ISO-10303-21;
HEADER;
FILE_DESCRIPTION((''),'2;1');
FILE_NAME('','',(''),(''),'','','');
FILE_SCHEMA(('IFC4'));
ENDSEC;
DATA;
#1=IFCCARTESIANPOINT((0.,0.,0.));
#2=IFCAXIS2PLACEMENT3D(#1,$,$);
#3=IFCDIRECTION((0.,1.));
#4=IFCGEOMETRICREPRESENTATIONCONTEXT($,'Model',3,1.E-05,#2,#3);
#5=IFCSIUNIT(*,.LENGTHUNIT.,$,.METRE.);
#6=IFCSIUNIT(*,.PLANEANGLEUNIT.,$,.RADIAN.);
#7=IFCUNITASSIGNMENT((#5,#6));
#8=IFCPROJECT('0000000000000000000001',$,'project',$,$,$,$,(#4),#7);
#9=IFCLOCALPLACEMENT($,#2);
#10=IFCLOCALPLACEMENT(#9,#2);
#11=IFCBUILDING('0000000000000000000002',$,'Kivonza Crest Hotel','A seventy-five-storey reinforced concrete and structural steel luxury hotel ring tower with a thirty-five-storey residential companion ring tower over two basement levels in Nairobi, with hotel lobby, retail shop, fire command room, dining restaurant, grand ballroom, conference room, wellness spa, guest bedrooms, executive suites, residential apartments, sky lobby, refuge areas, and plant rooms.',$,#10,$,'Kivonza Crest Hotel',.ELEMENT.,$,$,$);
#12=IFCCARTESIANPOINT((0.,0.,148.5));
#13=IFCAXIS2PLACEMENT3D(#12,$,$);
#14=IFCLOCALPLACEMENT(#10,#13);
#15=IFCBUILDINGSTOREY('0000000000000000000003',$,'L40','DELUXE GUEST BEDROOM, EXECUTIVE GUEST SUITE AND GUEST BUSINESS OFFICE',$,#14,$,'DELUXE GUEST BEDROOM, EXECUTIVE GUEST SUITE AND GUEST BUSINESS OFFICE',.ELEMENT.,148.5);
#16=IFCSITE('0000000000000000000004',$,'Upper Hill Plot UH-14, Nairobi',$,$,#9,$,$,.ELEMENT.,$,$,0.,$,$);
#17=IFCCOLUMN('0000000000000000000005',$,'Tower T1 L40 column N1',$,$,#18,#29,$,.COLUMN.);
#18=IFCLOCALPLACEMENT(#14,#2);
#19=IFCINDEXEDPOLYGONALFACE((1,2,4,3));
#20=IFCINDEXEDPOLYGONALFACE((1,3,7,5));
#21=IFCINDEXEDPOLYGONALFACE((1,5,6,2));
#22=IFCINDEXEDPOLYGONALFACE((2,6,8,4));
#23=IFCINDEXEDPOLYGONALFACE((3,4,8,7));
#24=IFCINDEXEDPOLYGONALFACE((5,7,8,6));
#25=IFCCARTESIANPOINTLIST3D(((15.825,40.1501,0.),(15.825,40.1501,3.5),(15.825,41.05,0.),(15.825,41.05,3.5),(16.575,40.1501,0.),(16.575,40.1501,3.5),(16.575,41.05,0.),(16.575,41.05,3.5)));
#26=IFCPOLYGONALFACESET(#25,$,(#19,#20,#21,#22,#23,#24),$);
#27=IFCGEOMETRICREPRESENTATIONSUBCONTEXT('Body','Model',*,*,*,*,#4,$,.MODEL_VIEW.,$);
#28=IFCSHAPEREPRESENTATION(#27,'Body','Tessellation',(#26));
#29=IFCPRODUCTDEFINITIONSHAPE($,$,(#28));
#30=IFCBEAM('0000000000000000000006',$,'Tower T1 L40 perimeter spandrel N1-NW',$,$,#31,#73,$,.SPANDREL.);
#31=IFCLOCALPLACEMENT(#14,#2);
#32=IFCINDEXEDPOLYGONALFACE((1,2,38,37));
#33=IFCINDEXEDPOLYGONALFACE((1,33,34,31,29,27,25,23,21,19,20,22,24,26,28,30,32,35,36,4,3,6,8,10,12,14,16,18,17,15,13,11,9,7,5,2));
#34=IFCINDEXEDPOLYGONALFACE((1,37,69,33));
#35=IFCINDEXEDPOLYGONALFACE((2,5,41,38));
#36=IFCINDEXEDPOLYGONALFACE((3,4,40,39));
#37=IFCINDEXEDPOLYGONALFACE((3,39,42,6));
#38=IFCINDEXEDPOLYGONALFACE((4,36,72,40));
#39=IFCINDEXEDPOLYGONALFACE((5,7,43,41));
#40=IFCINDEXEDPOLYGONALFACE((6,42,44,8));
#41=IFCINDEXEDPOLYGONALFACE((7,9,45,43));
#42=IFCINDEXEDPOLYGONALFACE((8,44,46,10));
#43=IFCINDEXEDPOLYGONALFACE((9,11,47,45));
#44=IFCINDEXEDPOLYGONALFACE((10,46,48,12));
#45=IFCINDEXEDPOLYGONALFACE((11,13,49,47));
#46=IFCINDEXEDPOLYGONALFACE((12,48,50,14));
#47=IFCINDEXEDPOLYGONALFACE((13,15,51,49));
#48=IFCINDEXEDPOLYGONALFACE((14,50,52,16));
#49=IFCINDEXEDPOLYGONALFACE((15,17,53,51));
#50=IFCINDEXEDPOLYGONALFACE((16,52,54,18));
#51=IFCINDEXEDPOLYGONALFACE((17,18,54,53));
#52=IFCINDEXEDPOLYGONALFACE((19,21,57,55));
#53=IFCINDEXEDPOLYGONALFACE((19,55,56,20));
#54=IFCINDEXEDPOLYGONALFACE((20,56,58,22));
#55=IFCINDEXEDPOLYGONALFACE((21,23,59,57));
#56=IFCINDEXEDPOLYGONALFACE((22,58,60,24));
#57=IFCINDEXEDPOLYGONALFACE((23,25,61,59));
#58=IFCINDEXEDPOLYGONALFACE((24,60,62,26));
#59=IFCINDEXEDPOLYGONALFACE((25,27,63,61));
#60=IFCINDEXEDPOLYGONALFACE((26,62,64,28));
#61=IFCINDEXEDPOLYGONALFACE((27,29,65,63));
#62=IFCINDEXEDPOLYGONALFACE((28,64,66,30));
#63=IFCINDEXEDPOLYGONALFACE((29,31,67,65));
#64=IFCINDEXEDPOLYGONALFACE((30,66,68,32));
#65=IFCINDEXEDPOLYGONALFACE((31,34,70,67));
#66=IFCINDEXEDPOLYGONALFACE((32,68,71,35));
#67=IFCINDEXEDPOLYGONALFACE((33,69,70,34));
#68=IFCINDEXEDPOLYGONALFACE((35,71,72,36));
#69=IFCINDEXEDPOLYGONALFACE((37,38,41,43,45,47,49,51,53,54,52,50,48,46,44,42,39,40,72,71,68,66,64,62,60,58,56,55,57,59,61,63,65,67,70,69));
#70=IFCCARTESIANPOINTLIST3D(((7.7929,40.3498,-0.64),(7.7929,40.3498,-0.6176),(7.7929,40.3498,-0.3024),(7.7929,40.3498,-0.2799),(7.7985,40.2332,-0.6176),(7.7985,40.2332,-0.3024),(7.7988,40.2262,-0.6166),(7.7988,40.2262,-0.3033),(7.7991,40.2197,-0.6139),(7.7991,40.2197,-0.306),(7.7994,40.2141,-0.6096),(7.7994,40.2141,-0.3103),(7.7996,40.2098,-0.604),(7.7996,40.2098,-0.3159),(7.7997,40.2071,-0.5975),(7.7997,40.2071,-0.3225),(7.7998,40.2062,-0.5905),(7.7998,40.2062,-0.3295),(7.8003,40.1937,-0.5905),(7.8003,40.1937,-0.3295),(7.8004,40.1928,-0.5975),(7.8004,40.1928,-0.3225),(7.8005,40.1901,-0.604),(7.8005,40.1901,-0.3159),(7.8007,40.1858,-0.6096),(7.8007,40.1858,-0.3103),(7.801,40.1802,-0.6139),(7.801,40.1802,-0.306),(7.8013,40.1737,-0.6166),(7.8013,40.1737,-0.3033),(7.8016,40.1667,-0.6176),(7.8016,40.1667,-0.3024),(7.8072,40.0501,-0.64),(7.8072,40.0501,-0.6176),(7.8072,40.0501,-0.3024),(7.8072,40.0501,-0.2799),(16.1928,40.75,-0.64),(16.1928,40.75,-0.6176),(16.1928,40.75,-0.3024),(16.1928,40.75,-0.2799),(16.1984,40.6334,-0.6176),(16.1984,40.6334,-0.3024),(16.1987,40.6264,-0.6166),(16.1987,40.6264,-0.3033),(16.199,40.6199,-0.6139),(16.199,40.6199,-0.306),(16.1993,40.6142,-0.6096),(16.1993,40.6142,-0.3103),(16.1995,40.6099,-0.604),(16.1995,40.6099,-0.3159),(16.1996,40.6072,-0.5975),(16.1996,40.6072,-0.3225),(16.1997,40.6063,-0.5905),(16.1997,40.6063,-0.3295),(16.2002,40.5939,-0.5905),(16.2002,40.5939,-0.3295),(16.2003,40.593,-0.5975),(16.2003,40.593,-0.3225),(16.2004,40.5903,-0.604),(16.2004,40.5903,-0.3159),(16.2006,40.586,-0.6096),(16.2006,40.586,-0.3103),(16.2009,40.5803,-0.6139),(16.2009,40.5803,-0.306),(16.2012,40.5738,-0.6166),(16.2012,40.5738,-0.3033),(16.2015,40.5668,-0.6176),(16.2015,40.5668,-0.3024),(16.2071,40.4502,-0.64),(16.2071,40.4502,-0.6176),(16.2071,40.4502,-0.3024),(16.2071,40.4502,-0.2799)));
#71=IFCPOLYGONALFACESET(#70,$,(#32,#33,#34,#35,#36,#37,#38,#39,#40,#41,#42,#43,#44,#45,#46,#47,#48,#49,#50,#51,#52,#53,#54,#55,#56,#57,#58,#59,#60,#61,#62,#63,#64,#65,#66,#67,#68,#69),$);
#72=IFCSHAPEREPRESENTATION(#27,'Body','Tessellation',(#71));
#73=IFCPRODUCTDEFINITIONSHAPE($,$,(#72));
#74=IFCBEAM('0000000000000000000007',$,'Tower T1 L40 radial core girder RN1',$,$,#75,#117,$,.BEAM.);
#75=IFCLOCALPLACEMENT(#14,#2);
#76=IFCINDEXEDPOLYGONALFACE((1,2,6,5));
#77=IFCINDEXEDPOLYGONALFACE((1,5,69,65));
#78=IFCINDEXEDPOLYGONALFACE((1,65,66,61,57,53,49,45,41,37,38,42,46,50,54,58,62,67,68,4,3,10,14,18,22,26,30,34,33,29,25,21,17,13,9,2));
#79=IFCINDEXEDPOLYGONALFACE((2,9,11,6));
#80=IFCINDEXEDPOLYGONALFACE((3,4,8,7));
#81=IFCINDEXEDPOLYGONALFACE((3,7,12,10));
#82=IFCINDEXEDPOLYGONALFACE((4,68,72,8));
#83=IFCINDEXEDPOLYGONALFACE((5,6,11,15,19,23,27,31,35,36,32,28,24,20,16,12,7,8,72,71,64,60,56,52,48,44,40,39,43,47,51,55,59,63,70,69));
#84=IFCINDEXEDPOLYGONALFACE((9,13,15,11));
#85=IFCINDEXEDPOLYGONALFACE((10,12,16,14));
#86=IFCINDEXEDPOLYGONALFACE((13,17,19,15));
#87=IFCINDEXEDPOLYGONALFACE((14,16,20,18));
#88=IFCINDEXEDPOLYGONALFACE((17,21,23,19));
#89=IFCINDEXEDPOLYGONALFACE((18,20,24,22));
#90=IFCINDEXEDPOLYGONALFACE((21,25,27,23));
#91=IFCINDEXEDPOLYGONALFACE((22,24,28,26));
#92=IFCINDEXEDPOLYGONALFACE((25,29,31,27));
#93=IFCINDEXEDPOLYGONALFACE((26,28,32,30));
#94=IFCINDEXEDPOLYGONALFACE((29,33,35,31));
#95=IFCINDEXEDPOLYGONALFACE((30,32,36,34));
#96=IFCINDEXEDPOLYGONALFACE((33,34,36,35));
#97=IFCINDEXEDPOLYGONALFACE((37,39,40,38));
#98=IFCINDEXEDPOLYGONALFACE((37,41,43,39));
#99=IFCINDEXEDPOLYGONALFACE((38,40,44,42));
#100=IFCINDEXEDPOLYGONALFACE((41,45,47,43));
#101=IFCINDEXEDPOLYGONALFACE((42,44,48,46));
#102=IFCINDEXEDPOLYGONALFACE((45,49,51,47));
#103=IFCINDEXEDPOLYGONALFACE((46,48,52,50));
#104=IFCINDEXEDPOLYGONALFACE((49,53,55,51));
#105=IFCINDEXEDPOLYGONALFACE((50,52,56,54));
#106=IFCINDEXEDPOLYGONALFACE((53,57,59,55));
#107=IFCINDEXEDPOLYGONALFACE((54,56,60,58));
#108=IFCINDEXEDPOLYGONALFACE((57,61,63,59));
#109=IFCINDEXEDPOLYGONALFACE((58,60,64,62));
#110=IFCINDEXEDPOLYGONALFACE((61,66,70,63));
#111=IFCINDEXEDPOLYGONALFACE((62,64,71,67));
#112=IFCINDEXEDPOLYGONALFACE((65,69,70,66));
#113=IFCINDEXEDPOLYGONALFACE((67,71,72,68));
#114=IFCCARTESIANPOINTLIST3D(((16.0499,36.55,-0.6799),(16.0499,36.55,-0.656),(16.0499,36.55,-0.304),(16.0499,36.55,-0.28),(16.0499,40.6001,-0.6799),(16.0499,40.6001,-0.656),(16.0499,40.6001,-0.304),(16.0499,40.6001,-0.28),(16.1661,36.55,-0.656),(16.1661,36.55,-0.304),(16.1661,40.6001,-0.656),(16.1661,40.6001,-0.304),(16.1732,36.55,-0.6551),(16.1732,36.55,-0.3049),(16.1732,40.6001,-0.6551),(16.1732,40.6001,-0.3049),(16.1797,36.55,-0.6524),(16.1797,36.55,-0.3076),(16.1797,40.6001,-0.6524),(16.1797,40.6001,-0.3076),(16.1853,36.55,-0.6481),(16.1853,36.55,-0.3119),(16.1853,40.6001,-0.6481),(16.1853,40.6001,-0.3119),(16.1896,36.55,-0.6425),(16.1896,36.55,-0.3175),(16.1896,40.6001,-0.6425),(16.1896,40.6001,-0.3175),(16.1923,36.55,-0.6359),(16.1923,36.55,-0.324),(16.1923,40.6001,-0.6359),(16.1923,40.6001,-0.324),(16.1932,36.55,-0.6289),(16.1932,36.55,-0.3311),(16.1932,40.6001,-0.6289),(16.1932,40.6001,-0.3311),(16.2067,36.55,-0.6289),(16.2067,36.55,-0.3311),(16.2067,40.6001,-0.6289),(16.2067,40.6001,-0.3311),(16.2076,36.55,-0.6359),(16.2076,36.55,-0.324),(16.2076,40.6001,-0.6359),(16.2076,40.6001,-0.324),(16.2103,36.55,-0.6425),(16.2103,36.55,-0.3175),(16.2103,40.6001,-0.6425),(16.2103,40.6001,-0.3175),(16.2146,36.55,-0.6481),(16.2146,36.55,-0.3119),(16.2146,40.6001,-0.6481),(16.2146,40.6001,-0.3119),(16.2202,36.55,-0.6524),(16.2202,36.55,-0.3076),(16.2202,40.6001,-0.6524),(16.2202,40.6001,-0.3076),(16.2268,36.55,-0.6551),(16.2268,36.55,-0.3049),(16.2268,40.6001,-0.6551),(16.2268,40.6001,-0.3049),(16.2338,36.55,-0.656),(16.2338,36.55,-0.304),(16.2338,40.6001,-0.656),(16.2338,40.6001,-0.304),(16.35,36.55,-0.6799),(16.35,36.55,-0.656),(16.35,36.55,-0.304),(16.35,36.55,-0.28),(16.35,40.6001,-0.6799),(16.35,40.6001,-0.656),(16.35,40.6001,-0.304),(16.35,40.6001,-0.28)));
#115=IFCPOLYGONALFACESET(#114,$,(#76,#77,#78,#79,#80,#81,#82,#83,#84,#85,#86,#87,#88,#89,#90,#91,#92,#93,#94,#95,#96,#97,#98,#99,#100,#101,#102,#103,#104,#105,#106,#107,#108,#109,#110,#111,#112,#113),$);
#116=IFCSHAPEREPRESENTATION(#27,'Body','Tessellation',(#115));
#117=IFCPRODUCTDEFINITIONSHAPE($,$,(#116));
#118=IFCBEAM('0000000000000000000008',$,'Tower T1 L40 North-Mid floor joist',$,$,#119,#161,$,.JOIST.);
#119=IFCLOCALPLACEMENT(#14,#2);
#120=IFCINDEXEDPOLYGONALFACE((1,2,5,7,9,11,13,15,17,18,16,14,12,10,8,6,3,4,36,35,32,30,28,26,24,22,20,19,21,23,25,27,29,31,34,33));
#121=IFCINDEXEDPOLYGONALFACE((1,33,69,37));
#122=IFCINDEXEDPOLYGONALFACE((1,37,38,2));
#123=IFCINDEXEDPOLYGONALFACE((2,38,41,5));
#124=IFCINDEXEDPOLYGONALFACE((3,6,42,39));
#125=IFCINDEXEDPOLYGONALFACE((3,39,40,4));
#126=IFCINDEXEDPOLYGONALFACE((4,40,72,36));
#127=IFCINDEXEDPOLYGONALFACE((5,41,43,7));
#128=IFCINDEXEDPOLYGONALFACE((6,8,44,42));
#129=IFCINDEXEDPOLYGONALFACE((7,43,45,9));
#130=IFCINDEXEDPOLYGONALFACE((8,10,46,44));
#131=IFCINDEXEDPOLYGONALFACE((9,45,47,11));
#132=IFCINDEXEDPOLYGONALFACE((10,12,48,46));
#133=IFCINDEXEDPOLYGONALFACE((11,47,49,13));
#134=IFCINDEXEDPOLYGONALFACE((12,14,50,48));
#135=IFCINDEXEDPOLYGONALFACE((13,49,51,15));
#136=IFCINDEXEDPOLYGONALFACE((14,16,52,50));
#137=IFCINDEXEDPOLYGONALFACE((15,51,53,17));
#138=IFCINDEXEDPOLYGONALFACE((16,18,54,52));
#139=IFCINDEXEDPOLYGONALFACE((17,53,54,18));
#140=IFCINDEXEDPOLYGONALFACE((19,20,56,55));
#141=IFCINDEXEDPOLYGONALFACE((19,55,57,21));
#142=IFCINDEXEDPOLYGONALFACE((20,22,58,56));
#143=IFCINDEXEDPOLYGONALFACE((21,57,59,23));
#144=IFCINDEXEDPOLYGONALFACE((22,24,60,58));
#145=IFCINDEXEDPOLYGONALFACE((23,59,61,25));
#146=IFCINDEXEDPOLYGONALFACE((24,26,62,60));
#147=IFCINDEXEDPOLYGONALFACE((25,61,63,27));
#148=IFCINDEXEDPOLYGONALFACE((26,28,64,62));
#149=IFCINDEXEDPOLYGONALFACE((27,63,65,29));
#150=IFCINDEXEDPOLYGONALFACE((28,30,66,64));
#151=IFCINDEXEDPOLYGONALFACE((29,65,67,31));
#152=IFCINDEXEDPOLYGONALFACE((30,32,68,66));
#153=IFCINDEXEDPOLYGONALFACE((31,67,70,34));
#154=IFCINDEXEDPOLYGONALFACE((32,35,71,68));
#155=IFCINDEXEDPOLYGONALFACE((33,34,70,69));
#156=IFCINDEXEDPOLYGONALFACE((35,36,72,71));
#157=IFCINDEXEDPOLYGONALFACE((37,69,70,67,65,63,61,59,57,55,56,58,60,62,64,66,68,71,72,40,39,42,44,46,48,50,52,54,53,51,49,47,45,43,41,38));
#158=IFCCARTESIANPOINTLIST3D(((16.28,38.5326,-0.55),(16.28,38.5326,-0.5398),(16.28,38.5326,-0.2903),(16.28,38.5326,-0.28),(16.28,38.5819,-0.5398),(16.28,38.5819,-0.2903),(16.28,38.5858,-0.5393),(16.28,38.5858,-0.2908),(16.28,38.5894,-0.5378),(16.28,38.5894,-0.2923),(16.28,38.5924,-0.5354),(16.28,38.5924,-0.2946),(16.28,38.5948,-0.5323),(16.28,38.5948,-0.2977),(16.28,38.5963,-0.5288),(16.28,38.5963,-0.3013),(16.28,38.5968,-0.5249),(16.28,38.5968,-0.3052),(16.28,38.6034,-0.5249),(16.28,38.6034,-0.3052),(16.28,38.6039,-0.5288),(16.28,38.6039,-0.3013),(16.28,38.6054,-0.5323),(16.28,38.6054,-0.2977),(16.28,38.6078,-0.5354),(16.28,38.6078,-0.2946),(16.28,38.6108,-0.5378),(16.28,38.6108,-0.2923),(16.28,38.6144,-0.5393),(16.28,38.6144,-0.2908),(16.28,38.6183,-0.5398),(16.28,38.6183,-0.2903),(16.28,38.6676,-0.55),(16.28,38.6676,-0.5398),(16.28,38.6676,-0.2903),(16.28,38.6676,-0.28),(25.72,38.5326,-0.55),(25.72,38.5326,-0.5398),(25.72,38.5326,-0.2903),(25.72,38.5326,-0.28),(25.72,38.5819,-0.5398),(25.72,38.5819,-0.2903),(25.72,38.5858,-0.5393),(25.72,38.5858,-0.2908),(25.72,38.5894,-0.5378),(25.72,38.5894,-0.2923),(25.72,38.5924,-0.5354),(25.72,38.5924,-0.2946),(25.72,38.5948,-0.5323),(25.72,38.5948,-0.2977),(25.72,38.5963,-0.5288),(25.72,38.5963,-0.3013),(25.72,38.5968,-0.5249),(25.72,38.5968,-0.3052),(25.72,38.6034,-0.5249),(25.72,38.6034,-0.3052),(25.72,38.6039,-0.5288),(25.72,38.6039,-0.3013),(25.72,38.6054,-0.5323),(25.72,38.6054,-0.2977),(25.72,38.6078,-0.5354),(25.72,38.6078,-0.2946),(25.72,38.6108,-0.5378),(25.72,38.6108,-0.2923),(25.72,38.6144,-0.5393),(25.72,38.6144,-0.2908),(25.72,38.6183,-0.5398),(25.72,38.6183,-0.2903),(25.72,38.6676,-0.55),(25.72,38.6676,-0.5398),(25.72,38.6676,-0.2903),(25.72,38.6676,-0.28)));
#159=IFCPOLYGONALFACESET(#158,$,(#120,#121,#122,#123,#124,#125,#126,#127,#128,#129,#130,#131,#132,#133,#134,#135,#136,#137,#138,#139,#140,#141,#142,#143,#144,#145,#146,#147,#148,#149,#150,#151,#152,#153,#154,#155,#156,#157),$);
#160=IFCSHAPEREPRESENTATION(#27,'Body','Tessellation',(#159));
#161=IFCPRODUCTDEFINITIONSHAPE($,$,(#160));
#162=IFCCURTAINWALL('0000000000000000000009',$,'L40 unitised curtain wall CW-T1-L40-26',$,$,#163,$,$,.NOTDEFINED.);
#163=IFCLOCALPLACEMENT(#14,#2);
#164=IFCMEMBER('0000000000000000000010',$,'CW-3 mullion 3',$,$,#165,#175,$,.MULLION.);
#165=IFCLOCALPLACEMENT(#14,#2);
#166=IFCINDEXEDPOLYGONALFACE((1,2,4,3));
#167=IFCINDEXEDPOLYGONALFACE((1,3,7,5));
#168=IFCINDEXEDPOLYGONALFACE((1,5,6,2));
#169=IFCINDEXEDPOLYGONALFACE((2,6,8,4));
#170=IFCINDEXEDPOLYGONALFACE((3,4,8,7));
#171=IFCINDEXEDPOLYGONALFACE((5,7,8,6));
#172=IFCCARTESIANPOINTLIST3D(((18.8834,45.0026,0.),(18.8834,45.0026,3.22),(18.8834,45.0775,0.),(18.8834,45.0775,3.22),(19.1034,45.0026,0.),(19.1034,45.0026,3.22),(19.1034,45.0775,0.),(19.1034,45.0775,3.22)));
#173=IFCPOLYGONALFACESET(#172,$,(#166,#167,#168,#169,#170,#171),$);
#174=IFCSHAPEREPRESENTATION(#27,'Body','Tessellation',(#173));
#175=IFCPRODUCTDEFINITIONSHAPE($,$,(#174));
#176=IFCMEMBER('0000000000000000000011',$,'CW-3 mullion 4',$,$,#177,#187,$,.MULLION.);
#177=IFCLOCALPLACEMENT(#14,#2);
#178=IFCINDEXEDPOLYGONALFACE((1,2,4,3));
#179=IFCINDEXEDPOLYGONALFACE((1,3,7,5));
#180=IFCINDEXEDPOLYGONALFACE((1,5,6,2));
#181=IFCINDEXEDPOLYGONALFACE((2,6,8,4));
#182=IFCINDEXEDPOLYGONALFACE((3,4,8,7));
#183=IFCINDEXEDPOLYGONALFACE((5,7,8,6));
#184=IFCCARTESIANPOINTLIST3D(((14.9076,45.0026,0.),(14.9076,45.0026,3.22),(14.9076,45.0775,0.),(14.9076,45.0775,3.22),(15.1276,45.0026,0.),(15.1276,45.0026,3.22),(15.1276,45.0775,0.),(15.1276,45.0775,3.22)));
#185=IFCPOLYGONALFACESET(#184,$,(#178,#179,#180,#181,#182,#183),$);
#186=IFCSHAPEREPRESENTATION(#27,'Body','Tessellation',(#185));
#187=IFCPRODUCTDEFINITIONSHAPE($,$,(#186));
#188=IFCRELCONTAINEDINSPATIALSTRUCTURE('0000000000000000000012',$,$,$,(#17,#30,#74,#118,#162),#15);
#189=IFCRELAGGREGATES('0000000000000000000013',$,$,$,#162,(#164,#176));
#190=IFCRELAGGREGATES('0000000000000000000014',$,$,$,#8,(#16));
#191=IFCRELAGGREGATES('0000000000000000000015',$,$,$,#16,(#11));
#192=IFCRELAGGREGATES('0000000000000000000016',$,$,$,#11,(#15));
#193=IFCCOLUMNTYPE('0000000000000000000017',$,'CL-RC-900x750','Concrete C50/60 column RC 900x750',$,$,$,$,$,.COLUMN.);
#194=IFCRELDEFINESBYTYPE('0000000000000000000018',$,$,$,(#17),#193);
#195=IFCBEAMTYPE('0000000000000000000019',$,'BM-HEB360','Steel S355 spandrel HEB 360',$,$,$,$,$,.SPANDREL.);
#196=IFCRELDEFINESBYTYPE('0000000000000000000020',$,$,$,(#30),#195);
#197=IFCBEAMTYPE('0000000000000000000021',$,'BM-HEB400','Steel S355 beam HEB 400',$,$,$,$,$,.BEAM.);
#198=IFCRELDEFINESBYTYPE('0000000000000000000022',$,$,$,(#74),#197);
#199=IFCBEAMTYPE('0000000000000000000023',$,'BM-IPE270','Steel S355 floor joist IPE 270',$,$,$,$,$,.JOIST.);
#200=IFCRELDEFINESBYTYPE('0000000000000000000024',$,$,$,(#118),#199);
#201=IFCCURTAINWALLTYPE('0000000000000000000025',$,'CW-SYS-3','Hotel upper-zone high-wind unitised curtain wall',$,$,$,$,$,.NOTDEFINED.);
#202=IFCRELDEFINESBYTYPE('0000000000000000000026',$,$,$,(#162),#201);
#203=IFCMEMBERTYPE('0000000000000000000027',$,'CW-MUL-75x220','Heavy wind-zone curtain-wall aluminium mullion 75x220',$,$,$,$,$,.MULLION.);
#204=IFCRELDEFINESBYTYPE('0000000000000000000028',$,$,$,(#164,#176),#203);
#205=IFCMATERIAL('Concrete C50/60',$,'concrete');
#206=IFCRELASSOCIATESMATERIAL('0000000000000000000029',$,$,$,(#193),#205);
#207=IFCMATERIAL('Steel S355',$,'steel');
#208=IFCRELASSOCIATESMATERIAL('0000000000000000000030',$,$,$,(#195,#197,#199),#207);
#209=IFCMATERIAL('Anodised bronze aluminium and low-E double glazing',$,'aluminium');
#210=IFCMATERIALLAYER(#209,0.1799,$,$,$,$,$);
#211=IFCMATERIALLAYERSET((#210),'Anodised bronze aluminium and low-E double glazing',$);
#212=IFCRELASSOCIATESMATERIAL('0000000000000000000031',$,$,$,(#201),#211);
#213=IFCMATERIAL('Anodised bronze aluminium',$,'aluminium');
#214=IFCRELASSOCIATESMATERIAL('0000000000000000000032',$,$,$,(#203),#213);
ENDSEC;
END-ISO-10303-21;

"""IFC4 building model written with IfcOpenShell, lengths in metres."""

from ifc_helpers import new_model, si_unit, direction, frame, origin, origin_2d, place, context, subcontext, project, spatial, rectangle, i_section, extrude, material, layer, layer_set, material_profile, profile_set, type_object, element, aggregate, save


model = new_model("IFC4")

# Units and contexts
model_context = context("Model", 3, precision=1e-05, world=origin(), true_north=direction((0.0, 1.0)))
body_context = subcontext(model_context, "Body", "Model", "MODEL_VIEW")
ifc_project = project(units=[si_unit("LENGTHUNIT", "METRE"), si_unit("PLANEANGLEUNIT", "RADIAN")], contexts=[model_context])

# Site, building, storey
site_placement = place(None, origin())
site = spatial("IfcSite", under=ifc_project, at=site_placement, Name="Upper Hill Plot UH-14, Nairobi", CompositionType="ELEMENT", RefElevation=0.0)
building_placement = place(site_placement, origin())
building = spatial("IfcBuilding", under=site, at=building_placement, Name="Kivonza Crest Hotel", Description="A seventy-five-storey reinforced concrete and structural steel luxury hotel ring tower with a thirty-five-storey residential companion ring tower over two basement levels in Nairobi, with hotel lobby, retail shop, fire command room, dining restaurant, grand ballroom, conference room, wellness spa, guest bedrooms, executive suites, residential apartments, sky lobby, refuge areas, and plant rooms.", LongName="Kivonza Crest Hotel", CompositionType="ELEMENT")
storey_placement = place(building_placement, frame((0.0, 0.0, 148.5)))
storey = spatial("IfcBuildingStorey", under=building, at=storey_placement, Name="L40", Description="DELUXE GUEST BEDROOM, EXECUTIVE GUEST SUITE AND GUEST BUSINESS OFFICE", LongName="DELUXE GUEST BEDROOM, EXECUTIVE GUEST SUITE AND GUEST BUSINESS OFFICE", CompositionType="ELEMENT", Elevation=148.5)

# Column
ifc_material_1 = material(Name="Concrete C50/60", Category="concrete")
ifc_material_profile_1 = material_profile(ifc_material_1, rectangle(XDim=0.75, YDim=0.8999, at=origin_2d()), Name="RC 900x750")
ifc_profile_set_1 = profile_set([ifc_material_profile_1], Name="Concrete C50/60")
column_type = type_object("IfcColumnType", Name="CL-RC-900x750", Description="Concrete C50/60 column RC 900x750", PredefinedType="COLUMN", material=ifc_profile_set_1)
column_placement = place(storey_placement, frame((16.2, 40.6001, 0.0), z_axis=(0.0, 0.0, 1.0), x_axis=(1.0, 0.0, 0.0)))
element("IfcColumn", 1, at=column_placement, inside=storey, type_object=column_type, Name="Tower T1 L40 column N1", PredefinedType="COLUMN", context=body_context, shape_type="SweptSolid", body=[
    extrude(rectangle(XDim=0.75, YDim=0.8999, at=origin_2d()), origin(), (0.0, 0.0, 1.0), 3.5),
])

# Beams
ifc_material_2 = material(Name="Steel S355", Category="steel")
ifc_material_profile_2 = material_profile(ifc_material_2, i_section(OverallWidth=0.3, OverallDepth=0.3601, WebThickness=0.0125, FlangeThickness=0.0225, FilletRadius=0.0271, at=origin_2d()), Name="HEB 360")
ifc_profile_set_2 = profile_set([ifc_material_profile_2], Name="Steel S355")
beam_type_1 = type_object("IfcBeamType", Name="BM-HEB360", Description="Steel S355 spandrel HEB 360", PredefinedType="SPANDREL", material=ifc_profile_set_2)
beam_1_placement = place(storey_placement, frame((16.2, 40.6001, -0.46), z_axis=(-0.998867, -0.047583, 0.0), x_axis=(0.047583, -0.998867, 0.0)))
element("IfcBeam", 2, at=beam_1_placement, inside=storey, type_object=beam_type_1, Name="Tower T1 L40 perimeter spandrel N1-NW", PredefinedType="SPANDREL", context=body_context, shape_type="SweptSolid", body=[
    extrude(i_section(OverallWidth=0.3, OverallDepth=0.3601, WebThickness=0.0125, FlangeThickness=0.0225, FilletRadius=0.0271, at=origin_2d()), origin(), (0.0, 0.0, 1.0), 8.4094),
])
ifc_material_profile_3 = material_profile(ifc_material_2, i_section(OverallWidth=0.3, OverallDepth=0.3999, WebThickness=0.0134, FlangeThickness=0.0239, FilletRadius=0.0271, at=origin_2d()), Name="HEB 400")
ifc_profile_set_3 = profile_set([ifc_material_profile_3], Name="Steel S355")
beam_type_2 = type_object("IfcBeamType", Name="BM-HEB400", Description="Steel S355 beam HEB 400", PredefinedType="BEAM", material=ifc_profile_set_3)
beam_2_placement = place(storey_placement, frame((16.2, 40.6001, -0.48), z_axis=(0.0, -1.0, 0.0), x_axis=(1.0, 0.0, 0.0)))
element("IfcBeam", 3, at=beam_2_placement, inside=storey, type_object=beam_type_2, Name="Tower T1 L40 radial core girder RN1", PredefinedType="BEAM", context=body_context, shape_type="SweptSolid", body=[
    extrude(i_section(OverallWidth=0.3, OverallDepth=0.3999, WebThickness=0.0134, FlangeThickness=0.0239, FilletRadius=0.0271, at=origin_2d()), origin(), (0.0, 0.0, 1.0), 4.05),
])
ifc_material_profile_4 = material_profile(ifc_material_2, i_section(OverallWidth=0.135, OverallDepth=0.27, WebThickness=0.0066, FlangeThickness=0.0103, FilletRadius=0.0149, at=origin_2d()), Name="IPE 270")
ifc_profile_set_4 = profile_set([ifc_material_profile_4], Name="Steel S355")
beam_type_3 = type_object("IfcBeamType", Name="BM-IPE270", Description="Steel S355 floor joist IPE 270", PredefinedType="JOIST", material=ifc_profile_set_4)
beam_3_placement = place(storey_placement, frame((16.28, 38.6001, -0.415), z_axis=(1.0, 0.0, 0.0), x_axis=(0.0, 1.0, 0.0)))
element("IfcBeam", 4, at=beam_3_placement, inside=storey, type_object=beam_type_3, Name="Tower T1 L40 North-Mid floor joist", PredefinedType="JOIST", context=body_context, shape_type="SweptSolid", body=[
    extrude(i_section(OverallWidth=0.135, OverallDepth=0.27, WebThickness=0.0066, FlangeThickness=0.0103, FilletRadius=0.0149, at=origin_2d()), origin(), (0.0, 0.0, 1.0), 9.4399),
])

# Curtain wall, members
ifc_material_3 = material(Name="Anodised bronze aluminium and low-E double glazing", Category="aluminium")
ifc_layer_1 = layer(ifc_material_3, 0.1799)
ifc_layer_set_1 = layer_set([ifc_layer_1], Name="Anodised bronze aluminium and low-E double glazing")
curtain_wall_type = type_object("IfcCurtainWallType", Name="CW-SYS-3", Description="Hotel upper-zone high-wind unitised curtain wall", PredefinedType="NOTDEFINED", material=ifc_layer_set_1)
curtain_wall_placement = place(storey_placement, origin())
curtain_wall = element("IfcCurtainWall", 5, at=curtain_wall_placement, inside=storey, type_object=curtain_wall_type, Name="L40 unitised curtain wall CW-T1-L40-26", PredefinedType="NOTDEFINED")
ifc_material_4 = material(Name="Anodised bronze aluminium", Category="aluminium")
ifc_material_profile_5 = material_profile(ifc_material_4, rectangle(XDim=0.075, YDim=0.22, at=origin_2d()), Name="CW-M 75x220")
ifc_profile_set_5 = profile_set([ifc_material_profile_5], Name="Anodised bronze aluminium")
member_type_1 = type_object("IfcMemberType", Name="CW-MUL-75x220", Description="Heavy wind-zone curtain-wall aluminium mullion 75x220", PredefinedType="MULLION", material=ifc_profile_set_5)
member_1_placement = place(storey_placement, frame((18.9934, 45.04, 0.0), z_axis=(0.0, 0.0, 1.0), x_axis=(0.0, -1.0, 0.0)))
member_1 = element("IfcMember", 6, at=member_1_placement, type_object=member_type_1, Name="CW-3 mullion 3", PredefinedType="MULLION", context=body_context, shape_type="SweptSolid", body=[
    extrude(rectangle(XDim=0.075, YDim=0.22, at=origin_2d()), origin(), (0.0, 0.0, 1.0), 3.22),
])
member_2_placement = place(storey_placement, frame((15.0176, 45.04, 0.0), z_axis=(0.0, 0.0, 1.0), x_axis=(0.0, -1.0, 0.0)))
member_2 = element("IfcMember", 7, at=member_2_placement, type_object=member_type_1, Name="CW-3 mullion 4", PredefinedType="MULLION", context=body_context, shape_type="SweptSolid", body=[
    extrude(rectangle(XDim=0.075, YDim=0.22, at=origin_2d()), origin(), (0.0, 0.0, 1.0), 3.22),
])
aggregate(curtain_wall, [member_1, member_2])

save(model, "model.ifc")
